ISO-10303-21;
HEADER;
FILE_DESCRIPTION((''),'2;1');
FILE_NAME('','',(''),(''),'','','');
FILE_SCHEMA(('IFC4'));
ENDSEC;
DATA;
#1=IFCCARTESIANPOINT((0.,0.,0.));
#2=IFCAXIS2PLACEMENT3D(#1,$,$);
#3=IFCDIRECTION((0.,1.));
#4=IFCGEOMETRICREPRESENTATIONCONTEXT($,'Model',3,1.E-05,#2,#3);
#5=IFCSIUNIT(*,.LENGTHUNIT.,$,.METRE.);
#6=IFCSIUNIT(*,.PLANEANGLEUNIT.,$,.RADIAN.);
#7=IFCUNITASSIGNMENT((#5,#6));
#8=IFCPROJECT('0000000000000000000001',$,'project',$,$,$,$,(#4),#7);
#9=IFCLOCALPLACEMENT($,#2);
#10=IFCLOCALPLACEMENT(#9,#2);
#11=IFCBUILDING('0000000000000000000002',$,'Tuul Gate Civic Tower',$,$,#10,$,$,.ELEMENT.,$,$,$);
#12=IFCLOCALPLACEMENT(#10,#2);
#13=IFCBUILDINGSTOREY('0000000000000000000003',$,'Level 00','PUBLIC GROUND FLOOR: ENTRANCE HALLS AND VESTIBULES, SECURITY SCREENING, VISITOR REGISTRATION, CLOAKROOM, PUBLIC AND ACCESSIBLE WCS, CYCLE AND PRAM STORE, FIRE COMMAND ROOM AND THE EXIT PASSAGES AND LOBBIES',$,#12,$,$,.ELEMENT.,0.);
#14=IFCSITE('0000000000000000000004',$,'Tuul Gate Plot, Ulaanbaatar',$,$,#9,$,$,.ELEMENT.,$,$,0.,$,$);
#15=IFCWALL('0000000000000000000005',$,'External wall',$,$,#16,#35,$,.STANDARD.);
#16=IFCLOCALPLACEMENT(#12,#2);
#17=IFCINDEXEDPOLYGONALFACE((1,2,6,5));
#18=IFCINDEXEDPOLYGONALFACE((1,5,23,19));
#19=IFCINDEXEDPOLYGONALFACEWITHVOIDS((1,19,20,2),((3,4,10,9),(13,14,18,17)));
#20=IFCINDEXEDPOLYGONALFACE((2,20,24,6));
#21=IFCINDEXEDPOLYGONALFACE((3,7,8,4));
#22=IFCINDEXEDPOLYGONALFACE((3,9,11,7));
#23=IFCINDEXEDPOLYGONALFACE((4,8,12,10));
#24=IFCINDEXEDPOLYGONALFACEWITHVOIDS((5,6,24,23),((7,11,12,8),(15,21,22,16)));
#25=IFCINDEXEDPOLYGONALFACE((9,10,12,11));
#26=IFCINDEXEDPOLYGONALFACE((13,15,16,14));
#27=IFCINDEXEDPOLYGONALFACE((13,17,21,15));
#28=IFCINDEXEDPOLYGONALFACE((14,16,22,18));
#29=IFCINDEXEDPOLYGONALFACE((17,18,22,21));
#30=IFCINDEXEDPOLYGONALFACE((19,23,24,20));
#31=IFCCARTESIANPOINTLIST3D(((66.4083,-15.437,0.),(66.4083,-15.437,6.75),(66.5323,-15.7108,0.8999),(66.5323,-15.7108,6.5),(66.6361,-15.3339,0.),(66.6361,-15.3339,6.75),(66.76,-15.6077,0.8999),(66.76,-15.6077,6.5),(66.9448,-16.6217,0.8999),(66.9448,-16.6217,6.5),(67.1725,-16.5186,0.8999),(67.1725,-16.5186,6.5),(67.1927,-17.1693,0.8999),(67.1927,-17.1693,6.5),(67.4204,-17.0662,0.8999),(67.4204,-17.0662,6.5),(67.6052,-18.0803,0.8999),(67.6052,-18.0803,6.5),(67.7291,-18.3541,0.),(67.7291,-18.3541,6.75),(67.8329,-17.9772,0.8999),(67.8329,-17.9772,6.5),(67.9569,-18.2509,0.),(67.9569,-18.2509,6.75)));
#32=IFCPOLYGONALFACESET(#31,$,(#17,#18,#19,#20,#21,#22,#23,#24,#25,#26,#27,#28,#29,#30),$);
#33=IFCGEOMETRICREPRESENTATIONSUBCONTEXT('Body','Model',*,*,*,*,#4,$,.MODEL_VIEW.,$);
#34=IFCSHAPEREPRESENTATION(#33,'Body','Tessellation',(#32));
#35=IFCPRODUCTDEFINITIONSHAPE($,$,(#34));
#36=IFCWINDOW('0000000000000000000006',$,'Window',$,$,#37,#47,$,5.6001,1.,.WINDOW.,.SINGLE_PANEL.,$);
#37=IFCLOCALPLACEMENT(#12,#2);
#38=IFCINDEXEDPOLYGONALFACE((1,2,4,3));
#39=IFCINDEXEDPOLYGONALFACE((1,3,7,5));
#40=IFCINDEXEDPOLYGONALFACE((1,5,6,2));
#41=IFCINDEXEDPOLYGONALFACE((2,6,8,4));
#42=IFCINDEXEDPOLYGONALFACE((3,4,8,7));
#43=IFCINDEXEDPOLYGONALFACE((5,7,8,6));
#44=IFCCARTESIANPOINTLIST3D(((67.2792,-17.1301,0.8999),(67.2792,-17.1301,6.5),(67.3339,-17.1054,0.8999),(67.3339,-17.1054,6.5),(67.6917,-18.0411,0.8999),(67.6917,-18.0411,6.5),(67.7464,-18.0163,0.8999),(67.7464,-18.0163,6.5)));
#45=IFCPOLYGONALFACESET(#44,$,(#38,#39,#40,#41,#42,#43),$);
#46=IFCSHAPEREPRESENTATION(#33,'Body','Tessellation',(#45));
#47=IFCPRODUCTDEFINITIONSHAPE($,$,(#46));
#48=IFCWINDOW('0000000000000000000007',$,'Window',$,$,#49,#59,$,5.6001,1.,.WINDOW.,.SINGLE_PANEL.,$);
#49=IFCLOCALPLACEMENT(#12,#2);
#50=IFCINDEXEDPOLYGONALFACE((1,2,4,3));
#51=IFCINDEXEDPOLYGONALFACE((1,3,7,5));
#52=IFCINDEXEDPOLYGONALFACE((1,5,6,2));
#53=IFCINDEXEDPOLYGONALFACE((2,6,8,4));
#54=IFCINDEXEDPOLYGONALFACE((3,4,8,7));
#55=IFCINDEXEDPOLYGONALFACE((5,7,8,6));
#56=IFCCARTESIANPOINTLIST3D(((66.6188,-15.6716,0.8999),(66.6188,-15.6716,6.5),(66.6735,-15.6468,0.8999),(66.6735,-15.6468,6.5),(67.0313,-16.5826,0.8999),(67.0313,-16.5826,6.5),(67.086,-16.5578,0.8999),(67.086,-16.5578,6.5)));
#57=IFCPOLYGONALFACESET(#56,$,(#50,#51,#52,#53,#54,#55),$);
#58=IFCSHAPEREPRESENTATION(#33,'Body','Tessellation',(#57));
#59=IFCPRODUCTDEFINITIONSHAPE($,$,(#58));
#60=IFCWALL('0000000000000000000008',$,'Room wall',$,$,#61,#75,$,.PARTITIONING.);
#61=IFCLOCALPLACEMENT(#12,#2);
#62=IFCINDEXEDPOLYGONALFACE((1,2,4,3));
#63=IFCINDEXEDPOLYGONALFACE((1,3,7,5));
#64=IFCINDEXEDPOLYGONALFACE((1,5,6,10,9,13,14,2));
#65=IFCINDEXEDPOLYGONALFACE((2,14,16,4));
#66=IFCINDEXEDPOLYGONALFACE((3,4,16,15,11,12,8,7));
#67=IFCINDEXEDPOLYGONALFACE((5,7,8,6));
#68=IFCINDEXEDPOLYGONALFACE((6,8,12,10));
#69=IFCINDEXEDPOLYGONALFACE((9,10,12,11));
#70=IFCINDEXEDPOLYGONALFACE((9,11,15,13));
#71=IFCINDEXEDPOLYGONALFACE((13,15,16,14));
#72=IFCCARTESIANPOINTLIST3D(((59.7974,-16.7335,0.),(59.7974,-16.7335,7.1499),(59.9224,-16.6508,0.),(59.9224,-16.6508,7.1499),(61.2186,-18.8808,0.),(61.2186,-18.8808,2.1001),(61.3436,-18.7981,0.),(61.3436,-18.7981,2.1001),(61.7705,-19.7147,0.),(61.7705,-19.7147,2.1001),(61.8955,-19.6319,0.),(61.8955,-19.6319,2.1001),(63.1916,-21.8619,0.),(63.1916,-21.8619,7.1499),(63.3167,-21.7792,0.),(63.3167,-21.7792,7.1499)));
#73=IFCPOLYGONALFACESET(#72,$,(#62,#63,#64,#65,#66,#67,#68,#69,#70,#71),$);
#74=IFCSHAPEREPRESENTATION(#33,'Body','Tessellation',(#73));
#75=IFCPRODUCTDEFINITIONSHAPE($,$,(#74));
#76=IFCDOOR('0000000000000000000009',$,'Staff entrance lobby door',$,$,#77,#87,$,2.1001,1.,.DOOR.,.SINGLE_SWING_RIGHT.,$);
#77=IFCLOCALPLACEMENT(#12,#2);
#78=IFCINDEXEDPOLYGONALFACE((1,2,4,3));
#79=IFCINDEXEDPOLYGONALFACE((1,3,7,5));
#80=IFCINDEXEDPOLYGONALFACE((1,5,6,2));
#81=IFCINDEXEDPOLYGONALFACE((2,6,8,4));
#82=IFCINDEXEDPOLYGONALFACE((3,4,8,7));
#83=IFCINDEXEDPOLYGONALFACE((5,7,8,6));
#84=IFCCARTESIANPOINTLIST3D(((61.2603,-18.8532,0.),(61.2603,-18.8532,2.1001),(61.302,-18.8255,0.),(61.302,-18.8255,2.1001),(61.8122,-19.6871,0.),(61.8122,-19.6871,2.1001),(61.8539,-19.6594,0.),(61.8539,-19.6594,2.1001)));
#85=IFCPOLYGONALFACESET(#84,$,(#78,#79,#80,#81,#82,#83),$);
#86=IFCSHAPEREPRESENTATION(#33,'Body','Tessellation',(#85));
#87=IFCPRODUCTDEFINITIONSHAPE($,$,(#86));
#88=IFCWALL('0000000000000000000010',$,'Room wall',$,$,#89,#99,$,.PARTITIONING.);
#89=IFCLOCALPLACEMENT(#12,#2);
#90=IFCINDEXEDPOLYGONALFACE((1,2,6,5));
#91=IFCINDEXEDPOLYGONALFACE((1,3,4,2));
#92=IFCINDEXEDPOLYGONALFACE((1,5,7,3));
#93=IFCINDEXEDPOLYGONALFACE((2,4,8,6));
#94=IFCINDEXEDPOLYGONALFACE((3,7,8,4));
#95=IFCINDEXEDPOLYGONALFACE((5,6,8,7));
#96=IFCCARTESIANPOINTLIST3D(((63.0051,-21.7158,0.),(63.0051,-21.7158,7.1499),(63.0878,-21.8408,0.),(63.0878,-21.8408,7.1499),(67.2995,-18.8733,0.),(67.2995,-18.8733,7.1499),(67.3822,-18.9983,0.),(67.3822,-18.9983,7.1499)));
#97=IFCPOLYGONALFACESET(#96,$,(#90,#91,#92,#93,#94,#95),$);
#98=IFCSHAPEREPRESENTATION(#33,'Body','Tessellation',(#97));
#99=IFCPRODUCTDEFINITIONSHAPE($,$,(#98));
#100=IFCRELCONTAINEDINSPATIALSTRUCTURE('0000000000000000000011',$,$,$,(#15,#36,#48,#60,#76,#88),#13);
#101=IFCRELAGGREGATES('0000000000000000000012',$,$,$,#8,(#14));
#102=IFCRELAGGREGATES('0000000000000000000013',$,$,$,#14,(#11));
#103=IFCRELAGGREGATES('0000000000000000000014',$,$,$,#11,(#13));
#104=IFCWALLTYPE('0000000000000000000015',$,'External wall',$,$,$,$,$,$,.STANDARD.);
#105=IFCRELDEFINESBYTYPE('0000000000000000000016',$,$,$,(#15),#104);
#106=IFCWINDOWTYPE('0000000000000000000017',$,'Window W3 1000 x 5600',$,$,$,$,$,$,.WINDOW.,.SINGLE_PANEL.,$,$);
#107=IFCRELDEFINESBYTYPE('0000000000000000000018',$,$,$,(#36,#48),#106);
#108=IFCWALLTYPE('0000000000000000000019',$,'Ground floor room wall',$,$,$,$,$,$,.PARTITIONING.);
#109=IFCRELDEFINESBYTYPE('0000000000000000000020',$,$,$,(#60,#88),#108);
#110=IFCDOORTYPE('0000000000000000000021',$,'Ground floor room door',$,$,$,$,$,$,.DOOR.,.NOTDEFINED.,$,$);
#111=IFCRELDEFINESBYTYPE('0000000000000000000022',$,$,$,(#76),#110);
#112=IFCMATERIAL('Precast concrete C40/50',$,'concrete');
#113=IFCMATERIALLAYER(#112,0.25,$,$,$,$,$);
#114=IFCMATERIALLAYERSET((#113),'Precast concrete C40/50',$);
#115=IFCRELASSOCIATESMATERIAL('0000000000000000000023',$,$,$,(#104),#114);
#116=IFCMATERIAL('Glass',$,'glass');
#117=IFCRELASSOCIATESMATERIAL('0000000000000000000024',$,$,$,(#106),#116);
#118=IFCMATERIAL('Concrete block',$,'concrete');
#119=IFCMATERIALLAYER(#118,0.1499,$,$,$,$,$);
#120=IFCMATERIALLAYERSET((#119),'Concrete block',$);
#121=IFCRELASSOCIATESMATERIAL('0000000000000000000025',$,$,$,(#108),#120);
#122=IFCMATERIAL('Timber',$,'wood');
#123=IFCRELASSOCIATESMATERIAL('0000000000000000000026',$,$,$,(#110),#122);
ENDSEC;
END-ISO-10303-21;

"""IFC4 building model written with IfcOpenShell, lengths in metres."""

from ifc_helpers import new_model, si_unit, direction, frame, frame_2d, origin, place, context, subcontext, project, spatial, rectangle, extrude, material, layer, layer_set, type_object, element, fill, save


model = new_model("IFC4")

# Units and contexts
model_context = context("Model", 3, precision=1e-05, world=origin(), true_north=direction((0.0, 1.0)))
body_context = subcontext(model_context, "Body", "Model", "MODEL_VIEW")
ifc_project = project(units=[si_unit("LENGTHUNIT", "METRE"), si_unit("PLANEANGLEUNIT", "RADIAN")], contexts=[model_context])

# Site, building, storey
site_placement = place(None, origin())
site = spatial("IfcSite", under=ifc_project, at=site_placement, Name="Tuul Gate Plot, Ulaanbaatar", CompositionType="ELEMENT", RefElevation=0.0)
building_placement = place(site_placement, origin())
building = spatial("IfcBuilding", under=site, at=building_placement, Name="Tuul Gate Civic Tower", CompositionType="ELEMENT")
storey_placement = place(building_placement, origin())
storey = spatial("IfcBuildingStorey", under=building, at=storey_placement, Name="Level 00", Description="PUBLIC GROUND FLOOR: ENTRANCE HALLS AND VESTIBULES, SECURITY SCREENING, VISITOR REGISTRATION, CLOAKROOM, PUBLIC AND ACCESSIBLE WCS, CYCLE AND PRAM STORE, FIRE COMMAND ROOM AND THE EXIT PASSAGES AND LOBBIES", CompositionType="ELEMENT", Elevation=0.0)

# Shared definitions
ifc_material_1 = material(Name="Precast concrete C40/50", Category="concrete")
ifc_layer_1 = layer(ifc_material_1, 0.25)
ifc_layer_set_1 = layer_set([ifc_layer_1], Name="Precast concrete C40/50")
wall_type_1 = type_object("IfcWallType", Name="External wall", PredefinedType="STANDARD", material=ifc_layer_set_1)
ifc_material_2 = material(Name="Glass", Category="glass")
window_type_1 = type_object("IfcWindowType", Name="Window W3 1000 x 5600", PartitioningType="SINGLE_PANEL", PredefinedType="WINDOW", material=ifc_material_2)

# Wall, openings, windows
wall_1_placement = place(storey_placement, frame((67.843, -18.3025, 0.0), z_axis=(0.0, 0.0, 1.0), x_axis=(-0.412481, 0.910966, 0.0)))
wall_1 = element("IfcWall", 1, at=wall_1_placement, inside=storey, type_object=wall_type_1, Name="External wall", PredefinedType="STANDARD", context=body_context, shape_type="SweptSolid", body=[
    extrude(rectangle(XDim=3.2021, YDim=0.25, at=frame_2d((1.6011, 0.0))), origin(), (0.0, 0.0, 1.0), 6.75),
])
opening_1_placement = place(wall_1_placement, frame((0.3005, 0.0, 0.8999)))
opening_1 = element("IfcOpeningElement", 2, at=opening_1_placement, cuts=wall_1, PredefinedType="OPENING", context=body_context, shape_type="SweptSolid", body=[
    extrude(rectangle(XDim=1.0, YDim=5.6001, at=frame_2d((0.5, 2.8))), frame((0.0, 0.135, 0.0), z_axis=(0.0, -1.0, 0.0), x_axis=(1.0, 0.0, 0.0)), (0.0, 0.0, 1.0), 0.27),
])
opening_2_placement = place(wall_1_placement, frame((1.9016, 0.0, 0.8999)))
opening_2 = element("IfcOpeningElement", 3, at=opening_2_placement, cuts=wall_1, PredefinedType="OPENING", context=body_context, shape_type="SweptSolid", body=[
    extrude(rectangle(XDim=1.0, YDim=5.6001, at=frame_2d((0.5, 2.8))), frame((0.0, 0.135, 0.0), z_axis=(0.0, -1.0, 0.0), x_axis=(1.0, 0.0, 0.0)), (0.0, 0.0, 1.0), 0.27),
])
window_1_placement = place(opening_1_placement, origin())
window_1 = element("IfcWindow", 4, at=window_1_placement, inside=storey, type_object=window_type_1, Name="Window", OverallHeight=5.6001, OverallWidth=1.0, PartitioningType="SINGLE_PANEL", PredefinedType="WINDOW", context=body_context, shape_type="SweptSolid", body=[
    extrude(rectangle(XDim=1.0, YDim=5.6001, at=frame_2d((0.5, 2.8))), frame((0.0, 0.03, 0.0), z_axis=(0.0, -1.0, 0.0), x_axis=(1.0, 0.0, 0.0)), (0.0, 0.0, 1.0), 0.0601),
])
fill(opening_1, window_1)
window_2_placement = place(opening_2_placement, origin())
window_2 = element("IfcWindow", 5, at=window_2_placement, inside=storey, type_object=window_type_1, Name="Window", OverallHeight=5.6001, OverallWidth=1.0, PartitioningType="SINGLE_PANEL", PredefinedType="WINDOW", context=body_context, shape_type="SweptSolid", body=[
    extrude(rectangle(XDim=1.0, YDim=5.6001, at=frame_2d((0.5, 2.8))), frame((0.0, 0.03, 0.0), z_axis=(0.0, -1.0, 0.0), x_axis=(1.0, 0.0, 0.0)), (0.0, 0.0, 1.0), 0.0601),
])
fill(opening_2, window_2)

# Wall, opening, door
ifc_material_3 = material(Name="Concrete block", Category="concrete")
ifc_layer_2 = layer(ifc_material_3, 0.1499)
ifc_layer_set_2 = layer_set([ifc_layer_2], Name="Concrete block")
wall_type_2 = type_object("IfcWallType", Name="Ground floor room wall", PredefinedType="PARTITIONING", material=ifc_layer_set_2)
wall_2_placement = place(storey_placement, frame((63.2542, -21.8206, 0.0), z_axis=(0.0, 0.0, 1.0), x_axis=(-0.551921, 0.833896, 0.0)))
wall_2 = element("IfcWall", 6, at=wall_2_placement, inside=storey, type_object=wall_type_2, Name="Room wall", PredefinedType="PARTITIONING", context=body_context, shape_type="SweptSolid", body=[
    extrude(rectangle(XDim=6.1499, YDim=0.1499, at=frame_2d((3.075, 0.0))), origin(), (0.0, 0.0, 1.0), 7.1499),
])
opening_3_placement = place(wall_2_placement, frame((2.575, 0.0, 0.0)))
opening_3 = element("IfcOpeningElement", 7, at=opening_3_placement, cuts=wall_2, PredefinedType="OPENING", context=body_context, shape_type="SweptSolid", body=[
    extrude(rectangle(XDim=1.0, YDim=2.1001, at=frame_2d((0.5, 1.05))), frame((0.0, 0.085, 0.0), z_axis=(0.0, -1.0, 0.0), x_axis=(1.0, 0.0, 0.0)), (0.0, 0.0, 1.0), 0.1699),
])
ifc_material_4 = material(Name="Timber", Category="wood")
door_type = type_object("IfcDoorType", Name="Ground floor room door", OperationType="NOTDEFINED", PredefinedType="DOOR", material=ifc_material_4)
door_placement = place(opening_3_placement, origin())
door = element("IfcDoor", 8, at=door_placement, inside=storey, type_object=door_type, Name="Staff entrance lobby door", OperationType="SINGLE_SWING_RIGHT", OverallHeight=2.1001, OverallWidth=1.0, PredefinedType="DOOR", context=body_context, shape_type="SweptSolid", body=[
    extrude(rectangle(XDim=1.0, YDim=2.1001, at=frame_2d((0.5, 1.05))), frame((0.0, 0.0249, 0.0), z_axis=(0.0, -1.0, 0.0), x_axis=(1.0, 0.0, 0.0)), (0.0, 0.0, 1.0), 0.05),
])
fill(opening_3, door)

# Wall
wall_3_placement = place(storey_placement, frame((67.3408, -18.9358, 0.0), z_axis=(0.0, 0.0, 1.0), x_axis=(-0.833876, -0.551951, 0.0)))
element("IfcWall", 9, at=wall_3_placement, inside=storey, type_object=wall_type_2, Name="Room wall", PredefinedType="PARTITIONING", context=body_context, shape_type="SweptSolid", body=[
    extrude(rectangle(XDim=5.1499, YDim=0.1499, at=frame_2d((2.575, 0.0))), origin(), (0.0, 0.0, 1.0), 7.1499),
])

save(model, "model.ifc")
